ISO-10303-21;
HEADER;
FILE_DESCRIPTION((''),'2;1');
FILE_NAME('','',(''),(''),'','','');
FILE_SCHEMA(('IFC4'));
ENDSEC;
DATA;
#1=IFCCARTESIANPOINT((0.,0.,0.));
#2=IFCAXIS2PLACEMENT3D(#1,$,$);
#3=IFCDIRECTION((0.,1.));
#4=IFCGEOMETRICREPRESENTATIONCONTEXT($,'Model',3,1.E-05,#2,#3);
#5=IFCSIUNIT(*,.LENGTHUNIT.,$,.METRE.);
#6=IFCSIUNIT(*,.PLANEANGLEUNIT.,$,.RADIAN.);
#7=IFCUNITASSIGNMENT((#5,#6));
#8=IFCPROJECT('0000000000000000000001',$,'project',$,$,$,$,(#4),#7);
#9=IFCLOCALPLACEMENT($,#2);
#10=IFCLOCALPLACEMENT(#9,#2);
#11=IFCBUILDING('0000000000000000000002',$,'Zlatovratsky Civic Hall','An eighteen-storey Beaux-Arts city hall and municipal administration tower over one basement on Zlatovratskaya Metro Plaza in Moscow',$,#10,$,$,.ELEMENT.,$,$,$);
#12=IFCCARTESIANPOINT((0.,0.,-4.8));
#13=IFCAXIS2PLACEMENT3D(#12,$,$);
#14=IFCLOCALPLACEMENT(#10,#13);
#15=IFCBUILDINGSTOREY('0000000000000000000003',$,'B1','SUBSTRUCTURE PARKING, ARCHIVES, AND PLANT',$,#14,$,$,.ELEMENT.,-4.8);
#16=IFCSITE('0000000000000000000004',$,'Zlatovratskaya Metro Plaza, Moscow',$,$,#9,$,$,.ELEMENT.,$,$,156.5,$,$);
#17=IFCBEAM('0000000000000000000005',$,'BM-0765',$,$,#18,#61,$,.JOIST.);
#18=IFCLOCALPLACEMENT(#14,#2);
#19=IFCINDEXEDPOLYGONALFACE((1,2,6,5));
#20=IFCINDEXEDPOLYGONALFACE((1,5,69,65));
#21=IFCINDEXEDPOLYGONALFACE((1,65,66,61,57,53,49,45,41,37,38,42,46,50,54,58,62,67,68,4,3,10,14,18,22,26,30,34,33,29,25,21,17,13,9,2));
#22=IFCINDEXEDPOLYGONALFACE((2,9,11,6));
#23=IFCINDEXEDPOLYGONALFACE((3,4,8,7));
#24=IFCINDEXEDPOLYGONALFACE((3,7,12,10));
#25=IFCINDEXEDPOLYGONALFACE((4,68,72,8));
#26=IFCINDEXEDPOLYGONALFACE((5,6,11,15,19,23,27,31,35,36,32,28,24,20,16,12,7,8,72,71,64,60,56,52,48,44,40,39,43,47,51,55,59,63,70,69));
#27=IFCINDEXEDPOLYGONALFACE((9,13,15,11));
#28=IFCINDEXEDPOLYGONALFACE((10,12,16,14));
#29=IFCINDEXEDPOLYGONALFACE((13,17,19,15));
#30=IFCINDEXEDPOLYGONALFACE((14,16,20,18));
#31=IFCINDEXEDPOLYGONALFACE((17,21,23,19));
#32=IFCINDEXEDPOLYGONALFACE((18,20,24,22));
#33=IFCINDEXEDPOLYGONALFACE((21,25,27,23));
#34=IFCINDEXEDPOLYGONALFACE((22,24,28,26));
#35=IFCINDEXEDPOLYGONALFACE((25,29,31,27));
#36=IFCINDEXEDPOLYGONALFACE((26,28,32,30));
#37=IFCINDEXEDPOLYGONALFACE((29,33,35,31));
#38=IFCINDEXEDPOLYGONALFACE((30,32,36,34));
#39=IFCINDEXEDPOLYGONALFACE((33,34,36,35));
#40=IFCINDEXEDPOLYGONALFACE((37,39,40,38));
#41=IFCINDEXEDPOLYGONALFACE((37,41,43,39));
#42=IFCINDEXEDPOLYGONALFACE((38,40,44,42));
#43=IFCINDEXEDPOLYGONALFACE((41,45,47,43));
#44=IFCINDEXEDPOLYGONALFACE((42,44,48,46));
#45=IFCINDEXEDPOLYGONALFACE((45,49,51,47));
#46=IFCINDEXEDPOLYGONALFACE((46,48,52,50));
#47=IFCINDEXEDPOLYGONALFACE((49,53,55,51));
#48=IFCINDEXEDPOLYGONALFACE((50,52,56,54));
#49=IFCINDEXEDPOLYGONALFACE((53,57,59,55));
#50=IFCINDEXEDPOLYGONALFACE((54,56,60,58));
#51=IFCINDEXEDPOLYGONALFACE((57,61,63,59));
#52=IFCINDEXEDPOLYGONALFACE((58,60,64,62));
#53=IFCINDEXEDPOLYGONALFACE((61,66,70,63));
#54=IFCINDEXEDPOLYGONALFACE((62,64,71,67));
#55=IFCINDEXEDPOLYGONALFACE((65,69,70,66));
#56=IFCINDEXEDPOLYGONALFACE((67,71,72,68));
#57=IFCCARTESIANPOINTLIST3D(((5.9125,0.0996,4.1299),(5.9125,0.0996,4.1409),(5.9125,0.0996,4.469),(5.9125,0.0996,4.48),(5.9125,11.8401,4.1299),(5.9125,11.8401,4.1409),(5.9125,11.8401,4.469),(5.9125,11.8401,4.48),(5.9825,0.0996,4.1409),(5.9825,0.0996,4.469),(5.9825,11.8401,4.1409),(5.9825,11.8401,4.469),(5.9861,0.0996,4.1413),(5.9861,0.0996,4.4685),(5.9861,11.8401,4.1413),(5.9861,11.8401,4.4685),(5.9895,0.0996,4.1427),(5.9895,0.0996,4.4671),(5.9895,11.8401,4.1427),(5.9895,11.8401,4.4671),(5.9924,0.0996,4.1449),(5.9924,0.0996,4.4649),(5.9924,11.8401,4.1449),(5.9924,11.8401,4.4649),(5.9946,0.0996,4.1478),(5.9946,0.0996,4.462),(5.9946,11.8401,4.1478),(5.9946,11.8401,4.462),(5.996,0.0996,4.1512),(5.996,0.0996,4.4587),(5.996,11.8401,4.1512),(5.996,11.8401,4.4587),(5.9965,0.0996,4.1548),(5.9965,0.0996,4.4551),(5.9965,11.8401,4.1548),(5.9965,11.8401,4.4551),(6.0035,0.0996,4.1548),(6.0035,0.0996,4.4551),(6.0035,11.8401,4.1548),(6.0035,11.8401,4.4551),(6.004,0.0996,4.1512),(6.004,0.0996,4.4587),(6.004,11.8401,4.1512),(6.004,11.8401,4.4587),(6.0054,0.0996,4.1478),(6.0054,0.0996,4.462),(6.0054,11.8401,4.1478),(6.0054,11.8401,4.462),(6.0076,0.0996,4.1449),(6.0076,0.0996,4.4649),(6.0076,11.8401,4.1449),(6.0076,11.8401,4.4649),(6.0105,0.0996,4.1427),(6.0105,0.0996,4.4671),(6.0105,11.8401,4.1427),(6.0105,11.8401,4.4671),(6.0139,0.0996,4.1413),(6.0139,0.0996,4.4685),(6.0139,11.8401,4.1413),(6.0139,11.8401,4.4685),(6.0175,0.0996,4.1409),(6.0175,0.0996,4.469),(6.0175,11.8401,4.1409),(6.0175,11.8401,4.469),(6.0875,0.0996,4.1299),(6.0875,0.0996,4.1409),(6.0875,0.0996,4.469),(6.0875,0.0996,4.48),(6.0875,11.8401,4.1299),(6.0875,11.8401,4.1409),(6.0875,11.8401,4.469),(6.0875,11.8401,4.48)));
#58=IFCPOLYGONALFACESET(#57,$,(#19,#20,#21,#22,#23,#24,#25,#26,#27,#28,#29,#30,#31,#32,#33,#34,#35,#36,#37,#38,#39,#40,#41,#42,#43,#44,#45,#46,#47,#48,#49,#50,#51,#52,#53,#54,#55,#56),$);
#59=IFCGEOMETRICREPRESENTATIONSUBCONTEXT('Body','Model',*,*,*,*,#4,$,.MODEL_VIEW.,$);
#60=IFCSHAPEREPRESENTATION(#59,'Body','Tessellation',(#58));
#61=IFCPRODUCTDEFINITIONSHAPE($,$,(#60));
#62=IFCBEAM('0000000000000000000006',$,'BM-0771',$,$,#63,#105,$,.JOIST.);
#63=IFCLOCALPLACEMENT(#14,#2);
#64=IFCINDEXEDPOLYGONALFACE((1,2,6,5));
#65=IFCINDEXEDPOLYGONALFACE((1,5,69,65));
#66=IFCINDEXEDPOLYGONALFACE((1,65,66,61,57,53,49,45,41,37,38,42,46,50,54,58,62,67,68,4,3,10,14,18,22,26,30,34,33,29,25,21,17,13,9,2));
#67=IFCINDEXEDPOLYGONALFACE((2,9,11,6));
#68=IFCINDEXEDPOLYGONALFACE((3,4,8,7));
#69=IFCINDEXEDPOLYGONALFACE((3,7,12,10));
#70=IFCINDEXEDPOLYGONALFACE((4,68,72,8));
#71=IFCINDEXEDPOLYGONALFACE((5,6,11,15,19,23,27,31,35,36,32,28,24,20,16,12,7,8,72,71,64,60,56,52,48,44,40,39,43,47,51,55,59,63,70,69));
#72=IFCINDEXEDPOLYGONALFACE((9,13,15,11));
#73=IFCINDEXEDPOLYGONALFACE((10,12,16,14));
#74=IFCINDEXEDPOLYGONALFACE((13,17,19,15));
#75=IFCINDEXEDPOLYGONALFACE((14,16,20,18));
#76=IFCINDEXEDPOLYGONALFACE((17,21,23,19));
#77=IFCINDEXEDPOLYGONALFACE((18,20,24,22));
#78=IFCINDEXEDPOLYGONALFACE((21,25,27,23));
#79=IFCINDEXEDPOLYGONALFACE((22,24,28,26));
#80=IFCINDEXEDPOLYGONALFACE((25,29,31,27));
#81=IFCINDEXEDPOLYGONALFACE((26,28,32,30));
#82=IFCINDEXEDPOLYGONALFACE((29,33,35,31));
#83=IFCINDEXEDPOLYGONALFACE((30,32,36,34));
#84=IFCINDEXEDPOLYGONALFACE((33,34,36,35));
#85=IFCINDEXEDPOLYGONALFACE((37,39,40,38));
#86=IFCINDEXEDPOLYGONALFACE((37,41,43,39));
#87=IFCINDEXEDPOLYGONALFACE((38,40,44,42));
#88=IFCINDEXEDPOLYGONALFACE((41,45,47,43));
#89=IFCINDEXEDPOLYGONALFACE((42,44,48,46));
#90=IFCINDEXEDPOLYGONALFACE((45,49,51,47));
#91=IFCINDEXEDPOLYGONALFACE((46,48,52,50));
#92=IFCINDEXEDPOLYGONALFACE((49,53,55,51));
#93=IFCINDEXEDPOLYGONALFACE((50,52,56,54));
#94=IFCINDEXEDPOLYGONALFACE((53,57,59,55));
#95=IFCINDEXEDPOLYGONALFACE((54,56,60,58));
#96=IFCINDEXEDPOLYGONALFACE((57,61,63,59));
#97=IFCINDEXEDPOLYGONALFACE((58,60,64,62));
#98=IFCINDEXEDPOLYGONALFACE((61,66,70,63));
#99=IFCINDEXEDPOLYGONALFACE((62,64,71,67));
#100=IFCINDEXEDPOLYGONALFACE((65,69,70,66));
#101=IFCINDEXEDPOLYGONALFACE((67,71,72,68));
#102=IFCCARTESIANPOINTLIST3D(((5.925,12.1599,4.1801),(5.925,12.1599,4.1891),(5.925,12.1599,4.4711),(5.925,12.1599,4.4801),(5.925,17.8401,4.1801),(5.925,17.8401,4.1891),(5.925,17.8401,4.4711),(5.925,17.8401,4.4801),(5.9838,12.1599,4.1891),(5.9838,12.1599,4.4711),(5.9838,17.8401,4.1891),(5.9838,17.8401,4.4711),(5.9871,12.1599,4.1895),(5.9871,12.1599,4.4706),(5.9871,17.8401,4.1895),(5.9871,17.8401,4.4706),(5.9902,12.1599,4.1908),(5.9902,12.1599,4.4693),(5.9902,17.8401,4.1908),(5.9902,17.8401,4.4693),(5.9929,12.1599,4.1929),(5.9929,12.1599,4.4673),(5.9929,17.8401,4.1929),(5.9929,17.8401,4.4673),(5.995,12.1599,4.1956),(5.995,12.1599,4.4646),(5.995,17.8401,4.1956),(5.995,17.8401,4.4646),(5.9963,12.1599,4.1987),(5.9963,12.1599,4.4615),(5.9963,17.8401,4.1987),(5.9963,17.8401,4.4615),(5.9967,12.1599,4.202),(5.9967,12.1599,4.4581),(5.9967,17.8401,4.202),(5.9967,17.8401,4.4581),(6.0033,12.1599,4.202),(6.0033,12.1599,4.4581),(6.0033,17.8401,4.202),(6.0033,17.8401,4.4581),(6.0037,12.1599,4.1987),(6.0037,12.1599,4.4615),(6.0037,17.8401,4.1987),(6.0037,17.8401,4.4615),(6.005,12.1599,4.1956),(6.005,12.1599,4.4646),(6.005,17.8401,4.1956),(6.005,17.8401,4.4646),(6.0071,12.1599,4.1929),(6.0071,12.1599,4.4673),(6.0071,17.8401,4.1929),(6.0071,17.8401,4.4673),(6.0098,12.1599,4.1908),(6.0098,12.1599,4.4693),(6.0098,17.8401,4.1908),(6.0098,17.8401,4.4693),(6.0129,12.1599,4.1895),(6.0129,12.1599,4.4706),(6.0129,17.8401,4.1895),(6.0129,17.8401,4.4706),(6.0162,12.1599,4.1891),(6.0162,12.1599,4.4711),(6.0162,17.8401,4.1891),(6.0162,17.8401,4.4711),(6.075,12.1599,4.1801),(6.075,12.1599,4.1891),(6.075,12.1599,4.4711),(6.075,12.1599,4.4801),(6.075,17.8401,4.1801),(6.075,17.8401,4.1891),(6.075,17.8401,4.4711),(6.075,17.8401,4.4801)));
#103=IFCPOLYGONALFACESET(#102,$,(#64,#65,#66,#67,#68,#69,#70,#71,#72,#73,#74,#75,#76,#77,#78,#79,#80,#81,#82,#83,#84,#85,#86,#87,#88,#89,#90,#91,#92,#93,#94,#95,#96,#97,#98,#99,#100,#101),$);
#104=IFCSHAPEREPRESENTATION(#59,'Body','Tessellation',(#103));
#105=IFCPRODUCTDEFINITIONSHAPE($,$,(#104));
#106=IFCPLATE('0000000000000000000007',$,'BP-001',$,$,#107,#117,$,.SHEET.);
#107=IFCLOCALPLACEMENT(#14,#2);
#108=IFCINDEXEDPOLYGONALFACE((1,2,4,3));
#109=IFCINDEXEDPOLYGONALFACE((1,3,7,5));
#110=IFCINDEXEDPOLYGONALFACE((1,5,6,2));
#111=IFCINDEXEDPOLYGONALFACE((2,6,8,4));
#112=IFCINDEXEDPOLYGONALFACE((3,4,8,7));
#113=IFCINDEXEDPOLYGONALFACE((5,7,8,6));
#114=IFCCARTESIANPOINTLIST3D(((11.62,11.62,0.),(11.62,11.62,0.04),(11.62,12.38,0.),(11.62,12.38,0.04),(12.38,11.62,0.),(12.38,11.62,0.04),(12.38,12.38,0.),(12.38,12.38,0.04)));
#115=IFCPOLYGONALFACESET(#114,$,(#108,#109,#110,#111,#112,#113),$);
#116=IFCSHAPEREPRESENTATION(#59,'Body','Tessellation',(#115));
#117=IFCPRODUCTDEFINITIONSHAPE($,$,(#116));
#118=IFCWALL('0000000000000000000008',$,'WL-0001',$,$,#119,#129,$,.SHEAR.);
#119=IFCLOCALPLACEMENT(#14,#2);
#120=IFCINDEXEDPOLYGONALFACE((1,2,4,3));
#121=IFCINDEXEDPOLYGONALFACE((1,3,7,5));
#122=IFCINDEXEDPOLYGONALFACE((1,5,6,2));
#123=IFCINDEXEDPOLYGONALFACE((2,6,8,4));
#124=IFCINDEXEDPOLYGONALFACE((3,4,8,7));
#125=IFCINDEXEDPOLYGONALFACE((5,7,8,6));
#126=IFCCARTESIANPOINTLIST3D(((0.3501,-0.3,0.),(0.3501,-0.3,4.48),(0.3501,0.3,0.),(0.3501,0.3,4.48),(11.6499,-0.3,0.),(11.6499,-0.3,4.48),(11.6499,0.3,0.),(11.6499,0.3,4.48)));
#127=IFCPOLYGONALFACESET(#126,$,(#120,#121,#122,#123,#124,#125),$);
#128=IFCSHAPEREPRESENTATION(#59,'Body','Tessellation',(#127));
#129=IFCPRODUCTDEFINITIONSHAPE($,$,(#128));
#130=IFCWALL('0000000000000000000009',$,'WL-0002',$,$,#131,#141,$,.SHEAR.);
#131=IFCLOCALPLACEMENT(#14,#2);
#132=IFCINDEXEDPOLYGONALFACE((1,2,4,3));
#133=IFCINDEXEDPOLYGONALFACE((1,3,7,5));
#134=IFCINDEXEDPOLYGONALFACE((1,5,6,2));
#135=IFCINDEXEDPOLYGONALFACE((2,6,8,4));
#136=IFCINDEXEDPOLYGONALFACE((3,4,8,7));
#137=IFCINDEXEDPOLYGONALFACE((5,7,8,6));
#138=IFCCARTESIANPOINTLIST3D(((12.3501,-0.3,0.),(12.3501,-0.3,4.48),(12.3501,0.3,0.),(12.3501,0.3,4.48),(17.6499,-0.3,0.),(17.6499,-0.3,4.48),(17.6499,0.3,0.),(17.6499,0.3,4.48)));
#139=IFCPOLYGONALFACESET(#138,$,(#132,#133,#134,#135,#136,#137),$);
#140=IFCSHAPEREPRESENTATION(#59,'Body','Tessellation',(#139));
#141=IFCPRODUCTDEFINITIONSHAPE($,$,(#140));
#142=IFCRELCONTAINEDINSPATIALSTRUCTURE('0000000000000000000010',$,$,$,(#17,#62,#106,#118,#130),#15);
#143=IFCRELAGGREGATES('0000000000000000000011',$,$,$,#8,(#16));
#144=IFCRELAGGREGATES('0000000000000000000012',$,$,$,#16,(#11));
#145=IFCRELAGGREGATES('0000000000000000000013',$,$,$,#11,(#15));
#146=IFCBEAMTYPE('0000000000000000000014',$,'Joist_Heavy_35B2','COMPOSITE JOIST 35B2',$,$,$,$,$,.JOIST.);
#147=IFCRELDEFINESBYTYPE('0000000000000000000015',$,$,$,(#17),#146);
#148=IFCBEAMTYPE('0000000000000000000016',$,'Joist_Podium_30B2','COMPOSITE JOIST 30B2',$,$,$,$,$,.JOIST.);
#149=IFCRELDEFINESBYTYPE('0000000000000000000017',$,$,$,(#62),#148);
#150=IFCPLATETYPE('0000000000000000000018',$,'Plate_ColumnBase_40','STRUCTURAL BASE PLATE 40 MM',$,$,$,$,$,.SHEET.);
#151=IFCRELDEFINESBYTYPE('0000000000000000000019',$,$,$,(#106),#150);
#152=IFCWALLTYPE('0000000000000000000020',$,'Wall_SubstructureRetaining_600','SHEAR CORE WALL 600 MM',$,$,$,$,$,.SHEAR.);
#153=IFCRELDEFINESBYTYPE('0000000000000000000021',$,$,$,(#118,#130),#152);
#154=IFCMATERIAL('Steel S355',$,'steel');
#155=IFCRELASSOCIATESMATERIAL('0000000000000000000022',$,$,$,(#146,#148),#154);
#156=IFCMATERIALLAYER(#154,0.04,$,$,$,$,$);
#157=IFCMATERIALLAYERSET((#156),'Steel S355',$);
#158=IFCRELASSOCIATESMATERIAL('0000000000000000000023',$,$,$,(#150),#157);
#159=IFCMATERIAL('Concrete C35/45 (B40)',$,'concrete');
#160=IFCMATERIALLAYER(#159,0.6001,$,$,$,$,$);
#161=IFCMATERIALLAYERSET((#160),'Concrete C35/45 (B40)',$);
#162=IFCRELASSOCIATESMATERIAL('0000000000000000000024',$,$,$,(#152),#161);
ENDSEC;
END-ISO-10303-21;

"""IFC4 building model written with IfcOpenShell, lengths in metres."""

from ifc_helpers import new_model, si_unit, direction, frame, frame_2d, origin, origin_2d, place, context, subcontext, project, spatial, rectangle, i_section, extrude, material, layer, layer_set, material_profile, profile_set, type_object, element, save


model = new_model("IFC4")

# Units and contexts
model_context = context("Model", 3, precision=1e-05, world=origin(), true_north=direction((0.0, 1.0)))
body_context = subcontext(model_context, "Body", "Model", "MODEL_VIEW")
ifc_project = project(units=[si_unit("LENGTHUNIT", "METRE"), si_unit("PLANEANGLEUNIT", "RADIAN")], contexts=[model_context])

# Site, building, storey
site_placement = place(None, origin())
site = spatial("IfcSite", under=ifc_project, at=site_placement, Name="Zlatovratskaya Metro Plaza, Moscow", CompositionType="ELEMENT", RefElevation=156.5)
building_placement = place(site_placement, origin())
building = spatial("IfcBuilding", under=site, at=building_placement, Name="Zlatovratsky Civic Hall", Description="An eighteen-storey Beaux-Arts city hall and municipal administration tower over one basement on Zlatovratskaya Metro Plaza in Moscow", CompositionType="ELEMENT")
storey_placement = place(building_placement, frame((0.0, 0.0, -4.8)))
storey = spatial("IfcBuildingStorey", under=building, at=storey_placement, Name="B1", Description="SUBSTRUCTURE PARKING, ARCHIVES, AND PLANT", CompositionType="ELEMENT", Elevation=-4.8)

# Shared definitions
ifc_material_1 = material(Name="Concrete C35/45 (B40)", Category="concrete")
ifc_material_2 = material(Name="Steel S355", Category="steel")

# Beams
ifc_material_profile_1 = material_profile(ifc_material_2, i_section(OverallWidth=0.175, OverallDepth=0.3501, WebThickness=0.0071, FlangeThickness=0.011, FilletRadius=0.0139, at=origin_2d()), Name="35B2")
ifc_profile_set_1 = profile_set([ifc_material_profile_1], Name="Steel S355")
beam_type_1 = type_object("IfcBeamType", Name="Joist_Heavy_35B2", Description="COMPOSITE JOIST 35B2", PredefinedType="JOIST", material=ifc_profile_set_1)
beam_1_placement = place(storey_placement, frame((6.0, 0.0996, 4.3049), z_axis=(0.0, 1.0, 0.0), x_axis=(-1.0, 0.0, 0.0)))
element("IfcBeam", 1, at=beam_1_placement, inside=storey, type_object=beam_type_1, Name="BM-0765", PredefinedType="JOIST", context=body_context, shape_type="SweptSolid", body=[
    extrude(i_section(OverallWidth=0.175, OverallDepth=0.3501, WebThickness=0.0071, FlangeThickness=0.011, FilletRadius=0.0139, at=origin_2d()), origin(), (0.0, 0.0, 1.0), 11.7405),
])
ifc_material_profile_2 = material_profile(ifc_material_2, i_section(OverallWidth=0.1499, OverallDepth=0.3, WebThickness=0.0066, FlangeThickness=0.009, FilletRadius=0.0129, at=origin_2d()), Name="30B2")
ifc_profile_set_2 = profile_set([ifc_material_profile_2], Name="Steel S355")
beam_type_2 = type_object("IfcBeamType", Name="Joist_Podium_30B2", Description="COMPOSITE JOIST 30B2", PredefinedType="JOIST", material=ifc_profile_set_2)
beam_2_placement = place(storey_placement, frame((6.0, 12.1599, 4.3301), z_axis=(0.0, 1.0, 0.0), x_axis=(-1.0, 0.0, 0.0)))
element("IfcBeam", 2, at=beam_2_placement, inside=storey, type_object=beam_type_2, Name="BM-0771", PredefinedType="JOIST", context=body_context, shape_type="SweptSolid", body=[
    extrude(i_section(OverallWidth=0.1499, OverallDepth=0.3, WebThickness=0.0066, FlangeThickness=0.009, FilletRadius=0.0129, at=origin_2d()), origin(), (0.0, 0.0, 1.0), 5.6802),
])

# Plate
ifc_layer_1 = layer(ifc_material_2, 0.04)
ifc_layer_set_1 = layer_set([ifc_layer_1], Name="Steel S355")
plate_type = type_object("IfcPlateType", Name="Plate_ColumnBase_40", Description="STRUCTURAL BASE PLATE 40 MM", PredefinedType="SHEET", material=ifc_layer_set_1)
plate_placement = place(storey_placement, frame((12.0, 12.0, 0.0), z_axis=(0.0, 0.0, 1.0), x_axis=(1.0, 0.0, 0.0)))
element("IfcPlate", 3, at=plate_placement, inside=storey, type_object=plate_type, Name="BP-001", PredefinedType="SHEET", context=body_context, shape_type="SweptSolid", body=[
    extrude(rectangle(XDim=0.76, YDim=0.76, at=origin_2d()), origin(), (0.0, 0.0, 1.0), 0.04),
])

# Walls
ifc_layer_2 = layer(ifc_material_1, 0.6001)
ifc_layer_set_2 = layer_set([ifc_layer_2], Name="Concrete C35/45 (B40)")
wall_type = type_object("IfcWallType", Name="Wall_SubstructureRetaining_600", Description="SHEAR CORE WALL 600 MM", PredefinedType="SHEAR", material=ifc_layer_set_2)
wall_1_placement = place(storey_placement, frame((0.3501, 0.0, 0.0), z_axis=(0.0, 0.0, 1.0), x_axis=(1.0, 0.0, 0.0)))
element("IfcWall", 4, at=wall_1_placement, inside=storey, type_object=wall_type, Name="WL-0001", PredefinedType="SHEAR", context=body_context, shape_type="SweptSolid", body=[
    extrude(rectangle(XDim=11.2998, YDim=0.6001, at=frame_2d((5.6499, 0.0))), origin(), (0.0, 0.0, 1.0), 4.48),
])
wall_2_placement = place(storey_placement, frame((12.3501, 0.0, 0.0), z_axis=(0.0, 0.0, 1.0), x_axis=(1.0, 0.0, 0.0)))
element("IfcWall", 5, at=wall_2_placement, inside=storey, type_object=wall_type, Name="WL-0002", PredefinedType="SHEAR", context=body_context, shape_type="SweptSolid", body=[
    extrude(rectangle(XDim=5.2998, YDim=0.6001, at=frame_2d((2.6499, 0.0))), origin(), (0.0, 0.0, 1.0), 4.48),
])

save(model, "model.ifc")
